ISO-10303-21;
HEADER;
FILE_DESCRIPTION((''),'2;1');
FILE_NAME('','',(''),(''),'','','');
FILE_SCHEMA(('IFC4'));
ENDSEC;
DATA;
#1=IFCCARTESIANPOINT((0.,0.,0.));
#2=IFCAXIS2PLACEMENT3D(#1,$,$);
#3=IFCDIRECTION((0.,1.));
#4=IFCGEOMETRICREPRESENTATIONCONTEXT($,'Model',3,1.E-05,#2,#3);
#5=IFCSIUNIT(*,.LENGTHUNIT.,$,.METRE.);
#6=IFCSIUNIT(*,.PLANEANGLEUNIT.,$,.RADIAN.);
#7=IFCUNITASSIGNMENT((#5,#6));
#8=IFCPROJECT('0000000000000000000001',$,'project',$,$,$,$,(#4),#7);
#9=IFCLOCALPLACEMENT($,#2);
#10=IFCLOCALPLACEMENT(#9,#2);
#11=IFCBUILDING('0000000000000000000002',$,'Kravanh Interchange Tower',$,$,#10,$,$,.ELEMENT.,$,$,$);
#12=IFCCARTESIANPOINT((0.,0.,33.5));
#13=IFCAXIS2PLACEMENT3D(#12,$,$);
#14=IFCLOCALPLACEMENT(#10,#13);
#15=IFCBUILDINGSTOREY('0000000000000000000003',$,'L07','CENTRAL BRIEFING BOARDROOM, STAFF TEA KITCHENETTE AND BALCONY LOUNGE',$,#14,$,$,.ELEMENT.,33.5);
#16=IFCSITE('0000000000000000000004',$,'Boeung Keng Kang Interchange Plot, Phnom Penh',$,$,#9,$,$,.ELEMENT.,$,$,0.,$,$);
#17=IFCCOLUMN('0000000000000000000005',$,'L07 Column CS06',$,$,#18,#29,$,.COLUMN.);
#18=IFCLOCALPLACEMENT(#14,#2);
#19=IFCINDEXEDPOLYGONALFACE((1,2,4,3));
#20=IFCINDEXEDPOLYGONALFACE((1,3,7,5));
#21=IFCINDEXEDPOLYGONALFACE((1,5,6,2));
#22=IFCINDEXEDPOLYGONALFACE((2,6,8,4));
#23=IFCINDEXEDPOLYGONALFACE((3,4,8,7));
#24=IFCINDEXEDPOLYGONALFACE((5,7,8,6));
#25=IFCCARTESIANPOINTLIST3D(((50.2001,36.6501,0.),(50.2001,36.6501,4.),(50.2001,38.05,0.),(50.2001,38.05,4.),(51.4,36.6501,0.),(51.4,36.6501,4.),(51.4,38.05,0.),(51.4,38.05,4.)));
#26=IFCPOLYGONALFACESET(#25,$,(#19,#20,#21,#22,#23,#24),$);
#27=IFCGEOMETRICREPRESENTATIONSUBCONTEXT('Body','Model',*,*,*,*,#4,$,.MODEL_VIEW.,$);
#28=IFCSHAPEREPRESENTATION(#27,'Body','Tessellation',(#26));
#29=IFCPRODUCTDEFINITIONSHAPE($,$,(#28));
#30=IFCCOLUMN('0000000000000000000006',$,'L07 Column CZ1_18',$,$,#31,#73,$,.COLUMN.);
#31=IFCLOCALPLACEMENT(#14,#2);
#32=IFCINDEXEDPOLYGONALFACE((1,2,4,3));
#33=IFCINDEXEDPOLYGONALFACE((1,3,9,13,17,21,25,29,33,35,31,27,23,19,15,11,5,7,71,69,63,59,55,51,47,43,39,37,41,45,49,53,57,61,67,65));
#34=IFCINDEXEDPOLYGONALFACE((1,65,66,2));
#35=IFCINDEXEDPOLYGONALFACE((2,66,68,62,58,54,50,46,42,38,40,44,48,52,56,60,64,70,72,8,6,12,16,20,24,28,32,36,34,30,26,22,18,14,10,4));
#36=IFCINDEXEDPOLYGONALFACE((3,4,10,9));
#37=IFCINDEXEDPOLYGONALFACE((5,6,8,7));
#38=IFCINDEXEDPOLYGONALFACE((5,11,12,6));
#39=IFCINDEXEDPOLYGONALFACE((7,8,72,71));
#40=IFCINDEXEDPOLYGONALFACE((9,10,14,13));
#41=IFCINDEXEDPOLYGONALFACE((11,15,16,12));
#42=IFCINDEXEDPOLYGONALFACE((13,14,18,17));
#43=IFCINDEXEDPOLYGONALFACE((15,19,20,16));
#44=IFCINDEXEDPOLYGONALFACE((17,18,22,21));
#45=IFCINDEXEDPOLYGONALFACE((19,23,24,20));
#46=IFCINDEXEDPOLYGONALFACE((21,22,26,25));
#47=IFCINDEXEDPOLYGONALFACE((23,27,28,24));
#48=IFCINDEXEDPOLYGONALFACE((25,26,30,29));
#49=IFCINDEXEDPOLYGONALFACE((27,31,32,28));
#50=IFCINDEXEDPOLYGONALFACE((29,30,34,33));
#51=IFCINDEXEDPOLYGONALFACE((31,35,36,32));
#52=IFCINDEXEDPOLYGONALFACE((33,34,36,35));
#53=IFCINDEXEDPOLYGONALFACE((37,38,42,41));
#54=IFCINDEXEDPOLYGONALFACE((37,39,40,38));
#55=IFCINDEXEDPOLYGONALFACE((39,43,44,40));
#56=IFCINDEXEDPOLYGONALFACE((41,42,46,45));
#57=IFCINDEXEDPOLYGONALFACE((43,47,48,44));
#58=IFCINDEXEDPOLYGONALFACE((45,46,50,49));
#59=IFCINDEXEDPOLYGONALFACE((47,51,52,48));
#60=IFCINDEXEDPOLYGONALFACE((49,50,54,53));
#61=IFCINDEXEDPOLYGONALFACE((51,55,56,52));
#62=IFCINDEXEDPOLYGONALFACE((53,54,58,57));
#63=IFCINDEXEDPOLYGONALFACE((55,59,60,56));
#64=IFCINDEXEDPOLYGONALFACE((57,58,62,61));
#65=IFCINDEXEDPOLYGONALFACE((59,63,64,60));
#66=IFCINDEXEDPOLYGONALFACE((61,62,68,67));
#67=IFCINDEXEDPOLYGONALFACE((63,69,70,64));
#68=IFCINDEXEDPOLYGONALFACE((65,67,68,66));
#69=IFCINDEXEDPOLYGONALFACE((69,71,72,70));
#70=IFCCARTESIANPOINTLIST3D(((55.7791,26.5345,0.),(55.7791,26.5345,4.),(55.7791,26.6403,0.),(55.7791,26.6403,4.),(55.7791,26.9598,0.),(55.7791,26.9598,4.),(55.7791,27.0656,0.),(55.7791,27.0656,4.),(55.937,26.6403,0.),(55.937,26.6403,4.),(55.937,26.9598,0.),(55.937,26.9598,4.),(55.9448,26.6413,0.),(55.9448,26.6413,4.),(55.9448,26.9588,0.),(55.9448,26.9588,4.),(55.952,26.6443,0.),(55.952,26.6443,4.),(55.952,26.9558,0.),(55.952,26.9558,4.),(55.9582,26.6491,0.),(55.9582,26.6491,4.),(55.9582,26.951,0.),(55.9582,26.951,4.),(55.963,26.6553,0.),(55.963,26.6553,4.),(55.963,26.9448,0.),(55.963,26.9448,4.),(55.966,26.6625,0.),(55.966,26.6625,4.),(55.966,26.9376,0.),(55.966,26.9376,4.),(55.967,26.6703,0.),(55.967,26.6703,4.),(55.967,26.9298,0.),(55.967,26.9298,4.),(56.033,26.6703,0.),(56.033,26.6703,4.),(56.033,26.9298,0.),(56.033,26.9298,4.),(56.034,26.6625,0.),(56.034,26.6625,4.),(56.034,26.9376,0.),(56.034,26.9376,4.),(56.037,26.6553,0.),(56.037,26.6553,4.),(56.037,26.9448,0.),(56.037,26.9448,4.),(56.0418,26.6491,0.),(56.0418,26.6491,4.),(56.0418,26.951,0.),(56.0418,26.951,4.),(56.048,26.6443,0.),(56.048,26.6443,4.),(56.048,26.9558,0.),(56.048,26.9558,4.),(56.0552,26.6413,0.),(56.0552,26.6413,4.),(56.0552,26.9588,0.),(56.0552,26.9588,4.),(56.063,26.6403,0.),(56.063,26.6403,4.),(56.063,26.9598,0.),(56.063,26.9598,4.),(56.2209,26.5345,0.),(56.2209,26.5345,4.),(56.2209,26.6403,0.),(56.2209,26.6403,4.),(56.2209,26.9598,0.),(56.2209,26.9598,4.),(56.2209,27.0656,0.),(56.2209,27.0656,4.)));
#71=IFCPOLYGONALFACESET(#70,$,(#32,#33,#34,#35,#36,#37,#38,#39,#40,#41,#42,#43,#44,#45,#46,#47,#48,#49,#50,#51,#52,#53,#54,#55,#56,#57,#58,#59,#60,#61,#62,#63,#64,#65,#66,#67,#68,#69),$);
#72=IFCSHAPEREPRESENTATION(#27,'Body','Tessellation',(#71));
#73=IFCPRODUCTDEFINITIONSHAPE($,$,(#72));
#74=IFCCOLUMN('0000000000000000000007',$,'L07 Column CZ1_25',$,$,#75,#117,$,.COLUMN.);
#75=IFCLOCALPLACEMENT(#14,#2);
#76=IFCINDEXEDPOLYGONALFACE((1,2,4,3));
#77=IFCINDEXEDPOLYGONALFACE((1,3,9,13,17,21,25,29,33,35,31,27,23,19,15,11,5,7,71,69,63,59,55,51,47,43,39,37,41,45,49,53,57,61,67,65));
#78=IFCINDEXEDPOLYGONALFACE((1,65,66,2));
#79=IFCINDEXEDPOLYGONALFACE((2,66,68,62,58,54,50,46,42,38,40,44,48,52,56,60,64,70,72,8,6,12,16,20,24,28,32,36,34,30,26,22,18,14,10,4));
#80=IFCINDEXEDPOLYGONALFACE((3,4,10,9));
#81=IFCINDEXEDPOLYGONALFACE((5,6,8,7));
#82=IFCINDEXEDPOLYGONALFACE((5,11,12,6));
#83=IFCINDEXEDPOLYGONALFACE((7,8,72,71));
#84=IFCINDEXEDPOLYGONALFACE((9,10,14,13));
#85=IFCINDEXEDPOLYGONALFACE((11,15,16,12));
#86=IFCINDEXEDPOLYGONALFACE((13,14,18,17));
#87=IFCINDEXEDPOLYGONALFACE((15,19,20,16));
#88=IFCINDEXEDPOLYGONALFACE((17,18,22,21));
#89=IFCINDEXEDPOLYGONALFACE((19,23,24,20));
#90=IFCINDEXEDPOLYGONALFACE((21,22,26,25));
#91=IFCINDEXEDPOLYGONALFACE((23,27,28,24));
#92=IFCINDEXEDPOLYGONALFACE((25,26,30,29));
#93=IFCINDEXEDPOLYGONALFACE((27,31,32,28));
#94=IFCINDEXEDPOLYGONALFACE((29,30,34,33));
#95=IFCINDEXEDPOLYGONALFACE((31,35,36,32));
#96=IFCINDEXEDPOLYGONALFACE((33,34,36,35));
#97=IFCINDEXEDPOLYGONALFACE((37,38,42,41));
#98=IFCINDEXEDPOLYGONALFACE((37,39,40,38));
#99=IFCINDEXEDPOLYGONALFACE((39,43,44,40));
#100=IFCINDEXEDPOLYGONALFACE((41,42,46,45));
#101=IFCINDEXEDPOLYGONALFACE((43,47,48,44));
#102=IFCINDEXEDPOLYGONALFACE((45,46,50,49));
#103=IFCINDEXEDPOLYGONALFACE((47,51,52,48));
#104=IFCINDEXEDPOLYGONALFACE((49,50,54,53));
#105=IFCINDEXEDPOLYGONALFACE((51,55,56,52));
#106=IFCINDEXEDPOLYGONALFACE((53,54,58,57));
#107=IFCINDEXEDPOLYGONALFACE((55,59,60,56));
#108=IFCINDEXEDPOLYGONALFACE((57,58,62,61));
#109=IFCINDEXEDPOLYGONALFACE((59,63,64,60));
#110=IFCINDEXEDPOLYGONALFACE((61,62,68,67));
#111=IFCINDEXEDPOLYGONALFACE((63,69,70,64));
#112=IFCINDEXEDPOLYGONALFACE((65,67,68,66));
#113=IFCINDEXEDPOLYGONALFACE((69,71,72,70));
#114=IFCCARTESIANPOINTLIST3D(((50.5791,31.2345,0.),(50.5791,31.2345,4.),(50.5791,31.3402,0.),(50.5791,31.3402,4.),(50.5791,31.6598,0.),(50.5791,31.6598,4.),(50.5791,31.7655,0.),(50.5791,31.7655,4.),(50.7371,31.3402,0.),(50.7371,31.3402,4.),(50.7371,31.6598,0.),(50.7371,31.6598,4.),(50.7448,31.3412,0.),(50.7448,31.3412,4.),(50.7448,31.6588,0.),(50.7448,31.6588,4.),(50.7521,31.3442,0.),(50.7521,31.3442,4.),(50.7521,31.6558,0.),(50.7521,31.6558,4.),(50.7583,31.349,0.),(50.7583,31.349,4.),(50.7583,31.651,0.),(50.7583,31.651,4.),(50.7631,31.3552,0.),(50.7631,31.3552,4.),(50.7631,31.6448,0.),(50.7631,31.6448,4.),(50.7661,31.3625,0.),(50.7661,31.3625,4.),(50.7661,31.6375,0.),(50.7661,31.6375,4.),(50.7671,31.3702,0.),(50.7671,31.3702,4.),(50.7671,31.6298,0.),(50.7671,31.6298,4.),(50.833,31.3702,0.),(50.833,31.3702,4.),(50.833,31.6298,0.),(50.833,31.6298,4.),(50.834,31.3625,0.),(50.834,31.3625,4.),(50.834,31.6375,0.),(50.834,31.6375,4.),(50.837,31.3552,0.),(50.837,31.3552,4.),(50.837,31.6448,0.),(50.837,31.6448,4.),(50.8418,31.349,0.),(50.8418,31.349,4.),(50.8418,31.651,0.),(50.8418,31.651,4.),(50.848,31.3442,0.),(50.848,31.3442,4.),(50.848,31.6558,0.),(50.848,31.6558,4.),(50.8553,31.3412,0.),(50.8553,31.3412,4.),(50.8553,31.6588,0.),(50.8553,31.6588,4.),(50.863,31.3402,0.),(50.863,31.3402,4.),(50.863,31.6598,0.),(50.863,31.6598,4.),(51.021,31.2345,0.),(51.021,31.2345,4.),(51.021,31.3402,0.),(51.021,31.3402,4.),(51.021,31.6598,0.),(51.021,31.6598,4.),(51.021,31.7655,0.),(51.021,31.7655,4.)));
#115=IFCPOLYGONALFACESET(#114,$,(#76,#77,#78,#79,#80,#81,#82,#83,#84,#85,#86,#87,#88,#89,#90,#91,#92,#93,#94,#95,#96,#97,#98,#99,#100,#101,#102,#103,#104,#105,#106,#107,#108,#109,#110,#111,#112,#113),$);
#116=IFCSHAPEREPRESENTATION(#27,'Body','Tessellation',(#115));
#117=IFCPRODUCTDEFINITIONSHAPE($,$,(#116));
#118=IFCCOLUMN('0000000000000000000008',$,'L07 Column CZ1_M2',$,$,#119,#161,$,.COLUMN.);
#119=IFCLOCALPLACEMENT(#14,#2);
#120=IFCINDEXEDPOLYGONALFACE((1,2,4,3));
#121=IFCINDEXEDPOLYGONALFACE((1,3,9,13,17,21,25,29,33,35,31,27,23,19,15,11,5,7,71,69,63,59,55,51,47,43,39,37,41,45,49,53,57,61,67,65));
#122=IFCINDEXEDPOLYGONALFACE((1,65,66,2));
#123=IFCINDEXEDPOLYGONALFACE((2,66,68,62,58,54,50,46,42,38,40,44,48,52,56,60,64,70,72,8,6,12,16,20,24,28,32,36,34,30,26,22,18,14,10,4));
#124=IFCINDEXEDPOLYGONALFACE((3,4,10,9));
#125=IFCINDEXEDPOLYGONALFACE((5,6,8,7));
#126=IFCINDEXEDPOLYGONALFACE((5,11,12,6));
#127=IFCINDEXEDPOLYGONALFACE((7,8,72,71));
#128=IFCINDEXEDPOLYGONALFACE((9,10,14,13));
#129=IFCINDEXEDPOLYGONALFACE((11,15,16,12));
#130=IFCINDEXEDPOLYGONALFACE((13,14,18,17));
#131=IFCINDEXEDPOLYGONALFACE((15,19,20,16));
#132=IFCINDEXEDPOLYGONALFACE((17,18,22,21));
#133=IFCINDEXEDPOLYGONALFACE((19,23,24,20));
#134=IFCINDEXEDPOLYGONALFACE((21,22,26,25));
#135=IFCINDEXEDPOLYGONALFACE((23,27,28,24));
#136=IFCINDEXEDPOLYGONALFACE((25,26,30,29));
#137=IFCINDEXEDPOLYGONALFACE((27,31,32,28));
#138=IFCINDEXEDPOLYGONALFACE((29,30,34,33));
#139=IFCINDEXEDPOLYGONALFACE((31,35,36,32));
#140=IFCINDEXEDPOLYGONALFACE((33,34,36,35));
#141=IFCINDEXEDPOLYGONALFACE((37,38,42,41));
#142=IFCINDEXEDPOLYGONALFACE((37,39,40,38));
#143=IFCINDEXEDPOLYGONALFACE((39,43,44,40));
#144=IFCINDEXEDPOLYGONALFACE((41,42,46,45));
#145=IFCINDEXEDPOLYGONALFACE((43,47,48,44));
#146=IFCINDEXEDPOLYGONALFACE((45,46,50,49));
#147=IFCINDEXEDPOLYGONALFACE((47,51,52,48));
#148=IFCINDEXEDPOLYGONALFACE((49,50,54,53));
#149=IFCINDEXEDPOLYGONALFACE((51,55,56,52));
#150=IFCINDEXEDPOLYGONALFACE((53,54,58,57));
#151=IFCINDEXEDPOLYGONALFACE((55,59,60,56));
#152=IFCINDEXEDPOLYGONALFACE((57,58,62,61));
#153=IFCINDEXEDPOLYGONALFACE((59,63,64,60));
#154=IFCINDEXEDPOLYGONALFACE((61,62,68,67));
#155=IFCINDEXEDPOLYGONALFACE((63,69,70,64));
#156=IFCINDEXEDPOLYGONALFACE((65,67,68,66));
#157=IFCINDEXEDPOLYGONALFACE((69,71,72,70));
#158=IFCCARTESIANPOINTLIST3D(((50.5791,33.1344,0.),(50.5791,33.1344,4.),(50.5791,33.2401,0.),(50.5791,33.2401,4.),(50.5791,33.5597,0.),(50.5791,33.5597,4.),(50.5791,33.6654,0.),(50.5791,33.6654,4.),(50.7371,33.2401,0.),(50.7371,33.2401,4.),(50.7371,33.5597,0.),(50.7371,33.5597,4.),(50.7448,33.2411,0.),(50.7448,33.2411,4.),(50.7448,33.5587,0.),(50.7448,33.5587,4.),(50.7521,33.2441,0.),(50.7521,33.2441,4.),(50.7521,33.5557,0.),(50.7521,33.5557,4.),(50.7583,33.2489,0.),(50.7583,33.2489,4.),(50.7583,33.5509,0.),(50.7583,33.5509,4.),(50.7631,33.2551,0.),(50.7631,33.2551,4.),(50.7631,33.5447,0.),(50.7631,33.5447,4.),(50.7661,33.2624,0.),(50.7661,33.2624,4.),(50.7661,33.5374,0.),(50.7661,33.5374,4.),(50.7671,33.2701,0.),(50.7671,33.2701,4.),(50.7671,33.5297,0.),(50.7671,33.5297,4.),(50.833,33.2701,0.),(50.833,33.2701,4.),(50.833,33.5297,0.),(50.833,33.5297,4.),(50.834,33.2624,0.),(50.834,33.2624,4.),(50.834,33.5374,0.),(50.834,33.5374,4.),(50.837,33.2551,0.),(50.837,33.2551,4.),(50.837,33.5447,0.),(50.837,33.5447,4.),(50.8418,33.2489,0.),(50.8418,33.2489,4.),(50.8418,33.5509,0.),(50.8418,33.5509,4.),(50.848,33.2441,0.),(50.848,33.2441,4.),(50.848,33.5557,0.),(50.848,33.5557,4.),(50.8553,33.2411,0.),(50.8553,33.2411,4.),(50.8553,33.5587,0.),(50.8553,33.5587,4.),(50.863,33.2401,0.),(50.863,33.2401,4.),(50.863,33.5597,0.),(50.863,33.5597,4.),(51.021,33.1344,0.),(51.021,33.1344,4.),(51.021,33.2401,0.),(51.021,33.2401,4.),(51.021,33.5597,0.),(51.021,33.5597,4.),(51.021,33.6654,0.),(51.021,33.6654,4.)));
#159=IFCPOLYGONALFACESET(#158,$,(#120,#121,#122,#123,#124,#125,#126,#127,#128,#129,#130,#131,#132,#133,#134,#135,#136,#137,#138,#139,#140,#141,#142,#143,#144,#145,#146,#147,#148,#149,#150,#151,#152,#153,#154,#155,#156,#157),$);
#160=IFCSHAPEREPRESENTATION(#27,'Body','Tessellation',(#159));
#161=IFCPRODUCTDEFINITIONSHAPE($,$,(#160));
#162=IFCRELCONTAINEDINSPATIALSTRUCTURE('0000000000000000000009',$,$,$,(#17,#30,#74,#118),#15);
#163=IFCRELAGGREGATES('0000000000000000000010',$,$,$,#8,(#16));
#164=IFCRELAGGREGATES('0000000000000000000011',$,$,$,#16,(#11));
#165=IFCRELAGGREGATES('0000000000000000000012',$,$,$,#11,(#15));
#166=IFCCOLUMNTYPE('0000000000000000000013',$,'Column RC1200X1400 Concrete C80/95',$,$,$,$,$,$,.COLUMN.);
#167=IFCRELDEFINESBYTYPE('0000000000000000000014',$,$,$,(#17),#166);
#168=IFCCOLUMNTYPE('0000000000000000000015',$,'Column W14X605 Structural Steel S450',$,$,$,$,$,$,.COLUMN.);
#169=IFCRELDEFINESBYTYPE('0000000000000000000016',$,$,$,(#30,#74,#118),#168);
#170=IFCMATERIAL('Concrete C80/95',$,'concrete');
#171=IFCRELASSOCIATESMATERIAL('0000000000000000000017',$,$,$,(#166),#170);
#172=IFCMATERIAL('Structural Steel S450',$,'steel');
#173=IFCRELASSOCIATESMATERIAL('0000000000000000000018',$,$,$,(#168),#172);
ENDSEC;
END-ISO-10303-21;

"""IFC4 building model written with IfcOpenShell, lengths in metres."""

from ifc_helpers import new_model, si_unit, direction, frame, origin, origin_2d, place, context, subcontext, project, spatial, rectangle, i_section, extrude, material, material_profile, profile_set, type_object, element, save


model = new_model("IFC4")

# Units and contexts
model_context = context("Model", 3, precision=1e-05, world=origin(), true_north=direction((0.0, 1.0)))
body_context = subcontext(model_context, "Body", "Model", "MODEL_VIEW")
ifc_project = project(units=[si_unit("LENGTHUNIT", "METRE"), si_unit("PLANEANGLEUNIT", "RADIAN")], contexts=[model_context])

# Site, building, storey
site_placement = place(None, origin())
site = spatial("IfcSite", under=ifc_project, at=site_placement, Name="Boeung Keng Kang Interchange Plot, Phnom Penh", CompositionType="ELEMENT", RefElevation=0.0)
building_placement = place(site_placement, origin())
building = spatial("IfcBuilding", under=site, at=building_placement, Name="Kravanh Interchange Tower", CompositionType="ELEMENT")
storey_placement = place(building_placement, frame((0.0, 0.0, 33.5)))
storey = spatial("IfcBuildingStorey", under=building, at=storey_placement, Name="L07", Description="CENTRAL BRIEFING BOARDROOM, STAFF TEA KITCHENETTE AND BALCONY LOUNGE", CompositionType="ELEMENT", Elevation=33.5)

# Columns
ifc_material_1 = material(Name="Concrete C80/95", Category="concrete")
ifc_material_profile_1 = material_profile(ifc_material_1, rectangle(XDim=1.2, YDim=1.3999, at=origin_2d()), Name="RC1200X1400")
ifc_profile_set_1 = profile_set([ifc_material_profile_1], Name="Concrete C80/95")
column_type_1 = type_object("IfcColumnType", Name="Column RC1200X1400 Concrete C80/95", PredefinedType="COLUMN", material=ifc_profile_set_1)
column_placement = place(storey_placement, frame((50.8, 37.3501, 0.0), z_axis=(0.0, 0.0, 1.0), x_axis=(1.0, 0.0, 0.0)))
element("IfcColumn", 1, at=column_placement, inside=storey, type_object=column_type_1, Name="L07 Column CS06", PredefinedType="COLUMN", context=body_context, shape_type="SweptSolid", body=[
    extrude(rectangle(XDim=1.2, YDim=1.3999, at=origin_2d()), origin(), (0.0, 0.0, 1.0), 4.0),
])
ifc_material_2 = material(Name="Structural Steel S450", Category="steel")
ifc_material_profile_2 = material_profile(ifc_material_2, i_section(OverallWidth=0.4419, OverallDepth=0.531, WebThickness=0.0659, FlangeThickness=0.1057, FilletRadius=0.03, at=origin_2d()), Name="W14X605")
ifc_profile_set_2 = profile_set([ifc_material_profile_2], Name="Structural Steel S450")
column_type_2 = type_object("IfcColumnType", Name="Column W14X605 Structural Steel S450", PredefinedType="COLUMN", material=ifc_profile_set_2)
for number, where, z_axis, x_axis, name in (
    (2, (56.0, 26.8, 0.0), (0.0, 0.0, 1.0), (1.0, 0.0, 0.0), "L07 Column CZ1_18"),
    (3, (50.8, 31.5, 0.0), (0.0, 0.0, 1.0), (1.0, 0.0, 0.0), "L07 Column CZ1_25"),
    (4, (50.8, 33.3999, 0.0), (0.0, 0.0, 1.0), (1.0, 0.0, 0.0), "L07 Column CZ1_M2"),
):
    element("IfcColumn", number, at=place(storey_placement, frame(where, z_axis=z_axis, x_axis=x_axis)), inside=storey, type_object=column_type_2, Name=name, PredefinedType="COLUMN", context=body_context, shape_type="SweptSolid", body=[
        extrude(i_section(OverallWidth=0.4419, OverallDepth=0.531, WebThickness=0.0659, FlangeThickness=0.1057, FilletRadius=0.03, at=origin_2d()), origin(), (0.0, 0.0, 1.0), 4.0),
    ])

save(model, "model.ifc")
